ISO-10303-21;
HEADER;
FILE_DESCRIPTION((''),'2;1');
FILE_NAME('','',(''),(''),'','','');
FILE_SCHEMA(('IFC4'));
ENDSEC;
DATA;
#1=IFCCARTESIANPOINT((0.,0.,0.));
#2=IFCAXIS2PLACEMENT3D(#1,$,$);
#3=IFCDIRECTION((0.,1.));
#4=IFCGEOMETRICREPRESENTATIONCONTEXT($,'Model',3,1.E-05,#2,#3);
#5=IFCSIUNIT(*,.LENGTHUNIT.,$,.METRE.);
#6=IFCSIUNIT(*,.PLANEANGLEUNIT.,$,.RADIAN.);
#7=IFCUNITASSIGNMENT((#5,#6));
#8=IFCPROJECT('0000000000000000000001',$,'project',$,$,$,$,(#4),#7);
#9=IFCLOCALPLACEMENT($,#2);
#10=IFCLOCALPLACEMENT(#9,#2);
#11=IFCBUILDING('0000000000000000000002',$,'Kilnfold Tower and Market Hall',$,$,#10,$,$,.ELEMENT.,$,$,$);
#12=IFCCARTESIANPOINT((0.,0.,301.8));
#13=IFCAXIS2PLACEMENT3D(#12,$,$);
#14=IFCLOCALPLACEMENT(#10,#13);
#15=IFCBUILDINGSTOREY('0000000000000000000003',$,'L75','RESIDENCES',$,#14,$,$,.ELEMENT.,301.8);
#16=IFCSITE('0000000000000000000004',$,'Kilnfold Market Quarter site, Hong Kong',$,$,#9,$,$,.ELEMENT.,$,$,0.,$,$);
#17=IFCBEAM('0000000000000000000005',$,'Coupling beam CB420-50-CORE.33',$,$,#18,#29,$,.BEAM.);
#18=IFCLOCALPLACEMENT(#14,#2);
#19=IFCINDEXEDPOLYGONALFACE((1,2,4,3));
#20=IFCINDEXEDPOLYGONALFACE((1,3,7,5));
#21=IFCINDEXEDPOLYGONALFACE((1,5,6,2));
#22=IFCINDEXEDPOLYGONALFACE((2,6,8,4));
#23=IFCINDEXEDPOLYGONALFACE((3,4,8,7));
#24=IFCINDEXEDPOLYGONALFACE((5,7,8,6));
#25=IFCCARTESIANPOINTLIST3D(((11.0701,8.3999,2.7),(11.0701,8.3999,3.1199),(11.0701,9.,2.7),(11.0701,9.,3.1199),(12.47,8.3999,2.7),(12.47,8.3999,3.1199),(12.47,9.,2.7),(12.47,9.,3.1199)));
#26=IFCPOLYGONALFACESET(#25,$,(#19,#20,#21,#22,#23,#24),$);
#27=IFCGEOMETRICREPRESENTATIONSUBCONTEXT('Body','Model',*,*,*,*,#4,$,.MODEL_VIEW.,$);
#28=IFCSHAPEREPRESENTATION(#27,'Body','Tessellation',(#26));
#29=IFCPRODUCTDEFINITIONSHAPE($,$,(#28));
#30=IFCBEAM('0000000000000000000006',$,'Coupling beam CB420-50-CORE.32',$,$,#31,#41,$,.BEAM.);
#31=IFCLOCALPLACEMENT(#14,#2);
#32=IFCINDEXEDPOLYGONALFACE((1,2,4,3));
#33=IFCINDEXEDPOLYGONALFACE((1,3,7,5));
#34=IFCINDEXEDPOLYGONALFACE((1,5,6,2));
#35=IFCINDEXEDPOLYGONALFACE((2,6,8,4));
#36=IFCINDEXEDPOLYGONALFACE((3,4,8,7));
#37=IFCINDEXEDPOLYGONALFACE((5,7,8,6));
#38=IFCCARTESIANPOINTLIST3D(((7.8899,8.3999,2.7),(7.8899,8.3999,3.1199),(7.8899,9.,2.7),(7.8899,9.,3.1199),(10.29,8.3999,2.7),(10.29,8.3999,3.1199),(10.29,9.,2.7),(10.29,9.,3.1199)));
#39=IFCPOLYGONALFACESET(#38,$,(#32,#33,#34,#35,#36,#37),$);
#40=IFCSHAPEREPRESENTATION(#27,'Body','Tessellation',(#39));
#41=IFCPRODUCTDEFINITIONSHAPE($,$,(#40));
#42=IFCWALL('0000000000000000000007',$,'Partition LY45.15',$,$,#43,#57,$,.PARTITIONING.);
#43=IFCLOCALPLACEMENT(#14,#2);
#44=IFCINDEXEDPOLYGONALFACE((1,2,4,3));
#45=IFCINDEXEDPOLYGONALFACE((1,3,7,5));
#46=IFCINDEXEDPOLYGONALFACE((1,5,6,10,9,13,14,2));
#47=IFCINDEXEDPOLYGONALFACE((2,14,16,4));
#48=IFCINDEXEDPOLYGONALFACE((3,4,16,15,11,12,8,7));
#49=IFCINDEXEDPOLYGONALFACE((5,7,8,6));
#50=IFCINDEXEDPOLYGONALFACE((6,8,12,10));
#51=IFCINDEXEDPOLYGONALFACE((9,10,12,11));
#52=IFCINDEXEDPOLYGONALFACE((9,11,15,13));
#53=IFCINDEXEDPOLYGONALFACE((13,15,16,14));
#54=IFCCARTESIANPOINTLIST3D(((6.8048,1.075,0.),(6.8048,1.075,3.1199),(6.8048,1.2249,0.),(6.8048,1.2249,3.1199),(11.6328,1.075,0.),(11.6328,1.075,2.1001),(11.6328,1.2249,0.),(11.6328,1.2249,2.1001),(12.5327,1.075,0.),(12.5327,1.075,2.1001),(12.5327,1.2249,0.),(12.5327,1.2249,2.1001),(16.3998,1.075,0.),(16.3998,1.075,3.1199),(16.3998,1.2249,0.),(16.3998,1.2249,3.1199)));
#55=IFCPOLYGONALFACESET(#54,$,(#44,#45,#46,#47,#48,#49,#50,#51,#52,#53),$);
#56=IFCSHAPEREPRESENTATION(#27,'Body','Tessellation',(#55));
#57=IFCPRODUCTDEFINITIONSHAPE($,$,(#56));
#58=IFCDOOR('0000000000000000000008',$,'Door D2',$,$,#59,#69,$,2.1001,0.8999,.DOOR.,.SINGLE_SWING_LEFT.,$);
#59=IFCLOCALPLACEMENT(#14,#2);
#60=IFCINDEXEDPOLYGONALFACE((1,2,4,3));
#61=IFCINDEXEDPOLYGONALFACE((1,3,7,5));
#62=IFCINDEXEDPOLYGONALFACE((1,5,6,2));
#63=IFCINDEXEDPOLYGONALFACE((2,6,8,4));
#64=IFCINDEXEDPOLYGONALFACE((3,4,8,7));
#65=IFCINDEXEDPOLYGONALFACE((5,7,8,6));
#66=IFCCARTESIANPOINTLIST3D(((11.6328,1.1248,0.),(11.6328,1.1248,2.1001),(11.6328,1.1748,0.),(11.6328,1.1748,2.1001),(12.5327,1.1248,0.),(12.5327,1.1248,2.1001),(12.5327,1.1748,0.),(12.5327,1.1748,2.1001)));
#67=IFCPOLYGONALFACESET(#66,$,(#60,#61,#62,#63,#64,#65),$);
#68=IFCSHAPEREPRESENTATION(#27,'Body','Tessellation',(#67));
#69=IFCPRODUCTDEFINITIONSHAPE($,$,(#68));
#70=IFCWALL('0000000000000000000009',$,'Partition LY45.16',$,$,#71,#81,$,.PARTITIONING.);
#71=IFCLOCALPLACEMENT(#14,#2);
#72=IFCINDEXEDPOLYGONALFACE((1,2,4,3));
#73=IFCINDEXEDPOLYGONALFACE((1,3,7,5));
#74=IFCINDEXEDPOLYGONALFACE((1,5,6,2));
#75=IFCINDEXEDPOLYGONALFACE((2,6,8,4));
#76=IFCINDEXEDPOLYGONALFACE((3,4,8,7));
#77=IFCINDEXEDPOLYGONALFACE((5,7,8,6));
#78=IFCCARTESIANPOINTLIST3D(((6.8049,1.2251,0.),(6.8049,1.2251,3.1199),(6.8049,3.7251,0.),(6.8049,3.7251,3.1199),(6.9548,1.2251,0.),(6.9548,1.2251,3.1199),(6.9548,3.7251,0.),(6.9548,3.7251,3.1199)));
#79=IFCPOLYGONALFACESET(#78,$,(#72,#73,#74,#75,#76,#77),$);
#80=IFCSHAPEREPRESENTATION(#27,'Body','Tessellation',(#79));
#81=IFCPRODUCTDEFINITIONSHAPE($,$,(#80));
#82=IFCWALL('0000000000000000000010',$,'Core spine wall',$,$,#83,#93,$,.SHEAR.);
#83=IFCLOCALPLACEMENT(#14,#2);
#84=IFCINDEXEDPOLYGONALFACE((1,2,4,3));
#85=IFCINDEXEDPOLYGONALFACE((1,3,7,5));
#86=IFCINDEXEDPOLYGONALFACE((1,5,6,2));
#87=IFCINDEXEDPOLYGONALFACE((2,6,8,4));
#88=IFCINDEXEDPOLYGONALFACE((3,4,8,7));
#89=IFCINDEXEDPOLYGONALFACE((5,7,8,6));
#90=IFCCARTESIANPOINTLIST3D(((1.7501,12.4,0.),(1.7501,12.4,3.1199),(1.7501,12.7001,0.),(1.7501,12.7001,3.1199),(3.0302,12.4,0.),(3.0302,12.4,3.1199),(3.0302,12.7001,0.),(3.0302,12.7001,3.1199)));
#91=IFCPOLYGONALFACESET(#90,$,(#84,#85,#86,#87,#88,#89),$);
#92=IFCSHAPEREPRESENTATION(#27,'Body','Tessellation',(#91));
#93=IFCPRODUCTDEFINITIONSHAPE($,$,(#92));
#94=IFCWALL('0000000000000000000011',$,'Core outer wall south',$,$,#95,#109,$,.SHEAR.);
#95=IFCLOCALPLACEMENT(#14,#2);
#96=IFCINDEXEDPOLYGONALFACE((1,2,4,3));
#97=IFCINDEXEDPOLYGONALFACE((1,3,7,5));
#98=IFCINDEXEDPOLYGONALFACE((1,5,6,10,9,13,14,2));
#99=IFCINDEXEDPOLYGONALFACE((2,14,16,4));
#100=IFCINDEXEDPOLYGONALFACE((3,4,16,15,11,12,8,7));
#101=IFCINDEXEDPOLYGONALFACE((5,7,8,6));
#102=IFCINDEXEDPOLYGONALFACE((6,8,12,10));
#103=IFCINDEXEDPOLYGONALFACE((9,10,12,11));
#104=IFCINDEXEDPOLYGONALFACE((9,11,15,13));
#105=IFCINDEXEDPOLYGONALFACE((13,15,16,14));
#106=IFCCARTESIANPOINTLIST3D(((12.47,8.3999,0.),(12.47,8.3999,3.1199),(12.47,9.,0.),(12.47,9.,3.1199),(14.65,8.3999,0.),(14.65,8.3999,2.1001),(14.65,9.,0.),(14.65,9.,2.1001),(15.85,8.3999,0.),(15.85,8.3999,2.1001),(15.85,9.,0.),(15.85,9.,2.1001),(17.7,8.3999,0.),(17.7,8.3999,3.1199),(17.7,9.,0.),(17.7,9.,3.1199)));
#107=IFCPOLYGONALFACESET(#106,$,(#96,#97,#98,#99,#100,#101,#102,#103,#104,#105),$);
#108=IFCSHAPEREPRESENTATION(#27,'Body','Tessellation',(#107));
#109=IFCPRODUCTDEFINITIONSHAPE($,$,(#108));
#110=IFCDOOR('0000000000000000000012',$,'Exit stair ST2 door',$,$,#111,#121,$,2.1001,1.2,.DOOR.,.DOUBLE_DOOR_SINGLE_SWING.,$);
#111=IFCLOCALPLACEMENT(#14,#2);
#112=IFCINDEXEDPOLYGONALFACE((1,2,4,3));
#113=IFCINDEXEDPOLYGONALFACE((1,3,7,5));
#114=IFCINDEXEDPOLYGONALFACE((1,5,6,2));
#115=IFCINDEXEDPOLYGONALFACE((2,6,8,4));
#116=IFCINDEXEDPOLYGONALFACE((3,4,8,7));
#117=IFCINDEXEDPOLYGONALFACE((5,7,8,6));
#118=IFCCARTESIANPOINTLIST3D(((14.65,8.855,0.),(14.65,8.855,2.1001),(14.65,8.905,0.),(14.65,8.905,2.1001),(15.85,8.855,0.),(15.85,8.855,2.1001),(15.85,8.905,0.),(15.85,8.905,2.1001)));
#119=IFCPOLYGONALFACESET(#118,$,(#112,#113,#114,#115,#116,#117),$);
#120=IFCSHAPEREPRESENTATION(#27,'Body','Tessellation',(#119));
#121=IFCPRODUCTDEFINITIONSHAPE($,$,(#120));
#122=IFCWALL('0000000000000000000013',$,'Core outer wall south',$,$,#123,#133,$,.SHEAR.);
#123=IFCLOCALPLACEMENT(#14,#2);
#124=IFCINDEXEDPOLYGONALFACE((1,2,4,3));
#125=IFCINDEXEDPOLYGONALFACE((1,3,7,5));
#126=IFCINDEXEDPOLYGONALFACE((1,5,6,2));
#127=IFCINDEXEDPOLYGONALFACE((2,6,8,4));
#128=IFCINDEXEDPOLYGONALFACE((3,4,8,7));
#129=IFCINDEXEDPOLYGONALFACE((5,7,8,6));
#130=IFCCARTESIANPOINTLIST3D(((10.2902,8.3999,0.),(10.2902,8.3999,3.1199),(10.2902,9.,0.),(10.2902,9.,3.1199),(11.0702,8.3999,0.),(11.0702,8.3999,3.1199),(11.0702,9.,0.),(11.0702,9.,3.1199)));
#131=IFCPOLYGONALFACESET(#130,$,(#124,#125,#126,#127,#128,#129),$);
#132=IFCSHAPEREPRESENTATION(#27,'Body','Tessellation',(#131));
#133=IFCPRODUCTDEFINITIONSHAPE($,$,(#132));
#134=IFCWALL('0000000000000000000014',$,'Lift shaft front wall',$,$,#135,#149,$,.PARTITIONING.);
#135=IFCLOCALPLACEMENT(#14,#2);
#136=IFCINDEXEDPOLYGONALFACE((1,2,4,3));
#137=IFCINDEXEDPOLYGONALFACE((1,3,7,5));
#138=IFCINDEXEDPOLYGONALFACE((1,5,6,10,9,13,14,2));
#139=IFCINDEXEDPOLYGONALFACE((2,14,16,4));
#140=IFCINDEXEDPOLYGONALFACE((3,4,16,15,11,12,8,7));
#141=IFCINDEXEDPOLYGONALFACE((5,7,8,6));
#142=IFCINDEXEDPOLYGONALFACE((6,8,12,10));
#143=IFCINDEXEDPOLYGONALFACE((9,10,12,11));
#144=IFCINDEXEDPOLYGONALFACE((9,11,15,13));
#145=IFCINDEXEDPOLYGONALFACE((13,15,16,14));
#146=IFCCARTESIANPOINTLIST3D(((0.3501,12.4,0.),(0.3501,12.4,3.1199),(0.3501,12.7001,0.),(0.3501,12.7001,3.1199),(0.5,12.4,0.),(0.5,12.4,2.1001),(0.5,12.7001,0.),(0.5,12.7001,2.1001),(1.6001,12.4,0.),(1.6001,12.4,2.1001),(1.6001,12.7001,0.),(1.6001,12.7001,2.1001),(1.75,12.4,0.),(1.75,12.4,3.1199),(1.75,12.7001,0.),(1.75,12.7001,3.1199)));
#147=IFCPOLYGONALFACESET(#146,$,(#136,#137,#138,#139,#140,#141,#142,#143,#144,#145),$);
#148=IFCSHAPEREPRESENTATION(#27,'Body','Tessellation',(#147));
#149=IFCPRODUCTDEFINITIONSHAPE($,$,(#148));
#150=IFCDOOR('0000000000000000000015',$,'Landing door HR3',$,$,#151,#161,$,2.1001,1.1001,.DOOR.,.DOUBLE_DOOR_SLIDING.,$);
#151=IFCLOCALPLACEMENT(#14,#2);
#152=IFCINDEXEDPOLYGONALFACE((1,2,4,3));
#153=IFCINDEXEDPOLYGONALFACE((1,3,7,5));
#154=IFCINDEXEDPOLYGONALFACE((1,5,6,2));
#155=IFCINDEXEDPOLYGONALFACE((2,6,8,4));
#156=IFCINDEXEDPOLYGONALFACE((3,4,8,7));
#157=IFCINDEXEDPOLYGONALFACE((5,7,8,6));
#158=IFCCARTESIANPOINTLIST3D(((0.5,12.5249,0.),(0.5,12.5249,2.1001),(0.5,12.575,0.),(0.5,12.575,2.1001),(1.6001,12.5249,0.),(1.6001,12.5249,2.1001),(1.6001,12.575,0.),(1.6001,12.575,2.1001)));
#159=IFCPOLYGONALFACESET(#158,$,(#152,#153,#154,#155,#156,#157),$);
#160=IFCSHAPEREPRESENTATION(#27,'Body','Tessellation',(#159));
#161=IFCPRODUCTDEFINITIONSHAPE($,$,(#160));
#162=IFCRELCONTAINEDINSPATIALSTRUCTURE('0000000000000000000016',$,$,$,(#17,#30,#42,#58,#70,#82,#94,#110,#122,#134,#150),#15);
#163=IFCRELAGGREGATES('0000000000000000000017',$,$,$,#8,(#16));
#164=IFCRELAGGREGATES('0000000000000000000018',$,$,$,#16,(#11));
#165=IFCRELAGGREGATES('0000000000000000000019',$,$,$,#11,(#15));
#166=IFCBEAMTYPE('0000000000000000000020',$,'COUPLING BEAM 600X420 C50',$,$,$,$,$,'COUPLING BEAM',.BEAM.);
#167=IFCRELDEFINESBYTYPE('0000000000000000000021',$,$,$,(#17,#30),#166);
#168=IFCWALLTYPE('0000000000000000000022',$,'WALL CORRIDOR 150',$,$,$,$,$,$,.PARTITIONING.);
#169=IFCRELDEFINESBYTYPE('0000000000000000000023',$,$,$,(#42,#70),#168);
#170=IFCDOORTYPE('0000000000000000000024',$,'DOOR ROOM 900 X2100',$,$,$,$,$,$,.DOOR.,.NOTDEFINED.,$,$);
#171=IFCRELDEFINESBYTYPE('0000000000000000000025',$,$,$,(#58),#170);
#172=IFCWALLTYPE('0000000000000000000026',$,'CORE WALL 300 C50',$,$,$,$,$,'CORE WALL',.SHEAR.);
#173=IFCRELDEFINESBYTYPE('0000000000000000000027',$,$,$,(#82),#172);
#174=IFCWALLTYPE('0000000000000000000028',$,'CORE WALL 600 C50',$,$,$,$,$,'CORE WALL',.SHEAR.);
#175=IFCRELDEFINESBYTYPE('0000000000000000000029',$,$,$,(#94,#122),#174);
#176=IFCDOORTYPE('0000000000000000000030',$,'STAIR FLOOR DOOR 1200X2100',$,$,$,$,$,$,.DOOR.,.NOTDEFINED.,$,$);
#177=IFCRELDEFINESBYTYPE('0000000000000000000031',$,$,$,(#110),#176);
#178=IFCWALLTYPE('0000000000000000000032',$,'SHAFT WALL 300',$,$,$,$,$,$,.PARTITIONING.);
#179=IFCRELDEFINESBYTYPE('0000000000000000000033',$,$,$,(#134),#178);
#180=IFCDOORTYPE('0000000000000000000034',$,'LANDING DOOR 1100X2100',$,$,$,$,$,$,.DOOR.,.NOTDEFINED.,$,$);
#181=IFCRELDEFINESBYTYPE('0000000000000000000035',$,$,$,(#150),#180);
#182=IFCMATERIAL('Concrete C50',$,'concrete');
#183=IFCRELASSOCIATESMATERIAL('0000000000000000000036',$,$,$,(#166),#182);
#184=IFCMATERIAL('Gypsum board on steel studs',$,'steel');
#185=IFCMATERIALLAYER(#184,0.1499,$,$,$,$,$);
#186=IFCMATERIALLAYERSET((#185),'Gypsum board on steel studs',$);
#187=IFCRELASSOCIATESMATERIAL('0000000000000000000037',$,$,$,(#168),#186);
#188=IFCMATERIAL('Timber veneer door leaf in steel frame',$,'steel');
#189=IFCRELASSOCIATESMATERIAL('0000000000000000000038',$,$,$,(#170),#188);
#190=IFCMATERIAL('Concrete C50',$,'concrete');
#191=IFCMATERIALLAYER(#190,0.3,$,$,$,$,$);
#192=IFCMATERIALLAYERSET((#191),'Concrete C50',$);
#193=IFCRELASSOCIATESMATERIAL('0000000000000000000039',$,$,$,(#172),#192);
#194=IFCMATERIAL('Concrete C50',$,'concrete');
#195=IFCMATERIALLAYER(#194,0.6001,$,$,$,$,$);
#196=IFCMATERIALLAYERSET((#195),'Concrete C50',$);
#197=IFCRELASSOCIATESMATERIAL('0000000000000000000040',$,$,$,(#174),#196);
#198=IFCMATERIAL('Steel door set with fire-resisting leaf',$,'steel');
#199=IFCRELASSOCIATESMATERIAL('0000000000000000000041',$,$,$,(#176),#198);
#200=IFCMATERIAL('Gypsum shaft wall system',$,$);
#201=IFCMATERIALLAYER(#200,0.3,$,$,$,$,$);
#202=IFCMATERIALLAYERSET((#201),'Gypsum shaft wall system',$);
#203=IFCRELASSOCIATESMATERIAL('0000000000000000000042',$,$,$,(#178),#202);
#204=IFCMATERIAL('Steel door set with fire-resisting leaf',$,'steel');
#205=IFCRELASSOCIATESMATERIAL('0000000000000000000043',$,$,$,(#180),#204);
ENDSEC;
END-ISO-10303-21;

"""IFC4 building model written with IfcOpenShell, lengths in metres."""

from ifc_helpers import new_model, si_unit, direction, frame, frame_2d, origin, origin_2d, place, context, subcontext, project, spatial, rectangle, extrude, source, transform, mapped, material, layer, layer_set, material_profile, profile_set, type_object, element, fill, save


model = new_model("IFC4")

# Units and contexts
model_context = context("Model", 3, precision=1e-05, world=origin(), true_north=direction((0.0, 1.0)))
body_context = subcontext(model_context, "Body", "Model", "MODEL_VIEW")
ifc_project = project(units=[si_unit("LENGTHUNIT", "METRE"), si_unit("PLANEANGLEUNIT", "RADIAN")], contexts=[model_context])

# Site, building, storey
site_placement = place(None, origin())
site = spatial("IfcSite", under=ifc_project, at=site_placement, Name="Kilnfold Market Quarter site, Hong Kong", CompositionType="ELEMENT", RefElevation=0.0)
building_placement = place(site_placement, origin())
building = spatial("IfcBuilding", under=site, at=building_placement, Name="Kilnfold Tower and Market Hall", CompositionType="ELEMENT")
storey_placement = place(building_placement, frame((0.0, 0.0, 301.8)))
storey = spatial("IfcBuildingStorey", under=building, at=storey_placement, Name="L75", Description="RESIDENCES", CompositionType="ELEMENT", Elevation=301.8)

# Beams
ifc_material_1 = material(Name="Concrete C50", Category="concrete")
ifc_material_profile = material_profile(ifc_material_1, rectangle(XDim=0.6001, YDim=0.4199, at=origin_2d()), Name="RC 600x420")
ifc_profile_set = profile_set([ifc_material_profile], Name="Concrete C50")
beam_type = type_object("IfcBeamType", Name="COUPLING BEAM 600X420 C50", ElementType="COUPLING BEAM", PredefinedType="BEAM", material=ifc_profile_set)
shared_shape_1 = source(origin(), body_context, "Body", "SweptSolid", [
    extrude(rectangle(XDim=0.6001, YDim=0.4199, at=origin_2d()), origin(), (0.0, 0.0, 1.0), 1.3999),
])
beam_1_placement = place(storey_placement, frame((11.0701, 8.7, 2.9099), z_axis=(1.0, 0.0, 0.0), x_axis=(0.0, 1.0, 0.0)))
element("IfcBeam", 1, at=beam_1_placement, inside=storey, type_object=beam_type, Name="Coupling beam CB420-50-CORE.33", PredefinedType="BEAM", context=body_context, shape_type="MappedRepresentation", body=[
    mapped(shared_shape_1, transform((0.0, 0.0, 0.0))),
])
shared_shape_2 = source(origin(), body_context, "Body", "SweptSolid", [
    extrude(rectangle(XDim=0.6001, YDim=0.4199, at=origin_2d()), origin(), (0.0, 0.0, 1.0), 2.4001),
])
beam_2_placement = place(storey_placement, frame((7.8899, 8.7, 2.9099), z_axis=(1.0, 0.0, 0.0), x_axis=(0.0, 1.0, 0.0)))
element("IfcBeam", 2, at=beam_2_placement, inside=storey, type_object=beam_type, Name="Coupling beam CB420-50-CORE.32", PredefinedType="BEAM", context=body_context, shape_type="MappedRepresentation", body=[
    mapped(shared_shape_2, transform((0.0, 0.0, 0.0))),
])

# Wall, opening, door
ifc_material_2 = material(Name="Gypsum board on steel studs", Category="steel")
ifc_layer_1 = layer(ifc_material_2, 0.1499)
ifc_layer_set_1 = layer_set([ifc_layer_1], Name="Gypsum board on steel studs")
wall_type_1 = type_object("IfcWallType", Name="WALL CORRIDOR 150", PredefinedType="PARTITIONING", material=ifc_layer_set_1)
wall_1_placement = place(storey_placement, frame((6.8049, 1.1499, 0.0), z_axis=(0.0, 0.0, 1.0), x_axis=(1.0, 0.0, 0.0)))
wall_1 = element("IfcWall", 3, at=wall_1_placement, inside=storey, type_object=wall_type_1, Name="Partition LY45.15", PredefinedType="PARTITIONING", context=body_context, shape_type="SweptSolid", body=[
    extrude(rectangle(XDim=9.595, YDim=0.1499, at=frame_2d((4.7974, 0.0))), origin(), (0.0, 0.0, 1.0), 3.1199),
])
opening_1_placement = place(wall_1_placement, frame((4.8279, 0.0, 0.0)))
opening_1 = element("IfcOpeningElement", 4, at=opening_1_placement, cuts=wall_1, PredefinedType="OPENING", context=body_context, shape_type="SweptSolid", body=[
    extrude(rectangle(XDim=0.8999, YDim=2.1001, at=frame_2d((0.45, 1.05))), frame((0.0, 0.085, 0.0), z_axis=(0.0, -1.0, 0.0), x_axis=(1.0, 0.0, 0.0)), (0.0, 0.0, 1.0), 0.1699),
])
ifc_material_3 = material(Name="Timber veneer door leaf in steel frame", Category="steel")
door_type_1 = type_object("IfcDoorType", Name="DOOR ROOM 900 X2100", OperationType="NOTDEFINED", PredefinedType="DOOR", material=ifc_material_3)
door_1_placement = place(opening_1_placement, origin())
door_1 = element("IfcDoor", 5, at=door_1_placement, inside=storey, type_object=door_type_1, Name="Door D2", OperationType="SINGLE_SWING_LEFT", OverallHeight=2.1001, OverallWidth=0.8999, PredefinedType="DOOR", context=body_context, shape_type="SweptSolid", body=[
    extrude(rectangle(XDim=0.8999, YDim=2.1001, at=frame_2d((0.45, 1.05))), frame((0.0, 0.0249, 0.0), z_axis=(0.0, -1.0, 0.0), x_axis=(1.0, 0.0, 0.0)), (0.0, 0.0, 1.0), 0.05),
])
fill(opening_1, door_1)

# Walls
wall_2_placement = place(storey_placement, frame((6.8799, 3.7251, 0.0), z_axis=(0.0, 0.0, 1.0), x_axis=(0.0, -1.0, 0.0)))
element("IfcWall", 6, at=wall_2_placement, inside=storey, type_object=wall_type_1, Name="Partition LY45.16", PredefinedType="PARTITIONING", context=body_context, shape_type="SweptSolid", body=[
    extrude(rectangle(XDim=2.5, YDim=0.1499, at=frame_2d((1.25, 0.0))), origin(), (0.0, 0.0, 1.0), 3.1199),
])
ifc_material_4 = material(Name="Concrete C50", Category="concrete")
ifc_layer_2 = layer(ifc_material_4, 0.3)
ifc_layer_set_2 = layer_set([ifc_layer_2], Name="Concrete C50")
wall_type_2 = type_object("IfcWallType", Name="CORE WALL 300 C50", ElementType="CORE WALL", PredefinedType="SHEAR", material=ifc_layer_set_2)
shared_shape_3 = source(origin(), body_context, "Body", "SweptSolid", [
    extrude(rectangle(XDim=1.28, YDim=0.3, at=frame_2d((0.6401, 0.0))), origin(), (0.0, 0.0, 1.0), 3.1199),
])
wall_3_placement = place(storey_placement, frame((1.75, 12.55, 0.0), z_axis=(0.0, 0.0, 1.0), x_axis=(1.0, 0.0, 0.0)))
element("IfcWall", 7, at=wall_3_placement, inside=storey, type_object=wall_type_2, Name="Core spine wall", PredefinedType="SHEAR", context=body_context, shape_type="MappedRepresentation", body=[
    mapped(shared_shape_3, transform((0.0, 0.0, 0.0))),
])

# Wall, opening, door
ifc_material_5 = material(Name="Concrete C50", Category="concrete")
ifc_layer_3 = layer(ifc_material_5, 0.6001)
ifc_layer_set_3 = layer_set([ifc_layer_3], Name="Concrete C50")
wall_type_3 = type_object("IfcWallType", Name="CORE WALL 600 C50", ElementType="CORE WALL", PredefinedType="SHEAR", material=ifc_layer_set_3)
shared_shape_4 = source(origin(), body_context, "Body", "SweptSolid", [
    extrude(rectangle(XDim=5.23, YDim=0.6001, at=frame_2d((2.615, 0.0))), origin(), (0.0, 0.0, 1.0), 3.1199),
])
wall_4_placement = place(storey_placement, frame((12.47, 8.7, 0.0), z_axis=(0.0, 0.0, 1.0), x_axis=(1.0, 0.0, 0.0)))
wall_4 = element("IfcWall", 8, at=wall_4_placement, inside=storey, type_object=wall_type_3, Name="Core outer wall south", PredefinedType="SHEAR", context=body_context, shape_type="MappedRepresentation", body=[
    mapped(shared_shape_4, transform((0.0, 0.0, 0.0))),
])
opening_2_placement = place(wall_4_placement, frame((2.1799, 0.0, 0.0)))
opening_2 = element("IfcOpeningElement", 9, at=opening_2_placement, cuts=wall_4, PredefinedType="OPENING", context=body_context, shape_type="SweptSolid", body=[
    extrude(rectangle(XDim=1.2, YDim=2.1001, at=frame_2d((0.6001, 1.05))), frame((0.0, 0.3101, 0.0), z_axis=(0.0, -1.0, 0.0), x_axis=(1.0, 0.0, 0.0)), (0.0, 0.0, 1.0), 0.6201),
])
ifc_material_6 = material(Name="Steel door set with fire-resisting leaf", Category="steel")
door_type_2 = type_object("IfcDoorType", Name="STAIR FLOOR DOOR 1200X2100", OperationType="NOTDEFINED", PredefinedType="DOOR", material=ifc_material_6)
door_2_placement = place(opening_2_placement, origin())
door_2 = element("IfcDoor", 10, at=door_2_placement, inside=storey, type_object=door_type_2, Name="Exit stair ST2 door", OperationType="DOUBLE_DOOR_SINGLE_SWING", OverallHeight=2.1001, OverallWidth=1.2, PredefinedType="DOOR", context=body_context, shape_type="SweptSolid", body=[
    extrude(rectangle(XDim=1.2, YDim=2.1001, at=frame_2d((0.6001, 1.05))), frame((0.0, 0.2051, 0.0), z_axis=(0.0, -1.0, 0.0), x_axis=(1.0, 0.0, 0.0)), (0.0, 0.0, 1.0), 0.05),
])
fill(opening_2, door_2)

# Wall
shared_shape_5 = source(origin(), body_context, "Body", "SweptSolid", [
    extrude(rectangle(XDim=0.78, YDim=0.6001, at=frame_2d((0.3901, 0.0))), origin(), (0.0, 0.0, 1.0), 3.1199),
])
wall_5_placement = place(storey_placement, frame((10.29, 8.7, 0.0), z_axis=(0.0, 0.0, 1.0), x_axis=(1.0, 0.0, 0.0)))
element("IfcWall", 11, at=wall_5_placement, inside=storey, type_object=wall_type_3, Name="Core outer wall south", PredefinedType="SHEAR", context=body_context, shape_type="MappedRepresentation", body=[
    mapped(shared_shape_5, transform((0.0, 0.0, 0.0))),
])

# Wall, opening, door
ifc_material_7 = material(Name="Gypsum shaft wall system")
ifc_layer_4 = layer(ifc_material_7, 0.3)
ifc_layer_set_4 = layer_set([ifc_layer_4], Name="Gypsum shaft wall system")
wall_type_4 = type_object("IfcWallType", Name="SHAFT WALL 300", PredefinedType="PARTITIONING", material=ifc_layer_set_4)
shared_shape_6 = source(origin(), body_context, "Body", "SweptSolid", [
    extrude(rectangle(XDim=1.3999, YDim=0.3, at=frame_2d((0.7, 0.0))), origin(), (0.0, 0.0, 1.0), 3.1199),
])
wall_6_placement = place(storey_placement, frame((0.3501, 12.55, 0.0), z_axis=(0.0, 0.0, 1.0), x_axis=(1.0, 0.0, 0.0)))
wall_6 = element("IfcWall", 12, at=wall_6_placement, inside=storey, type_object=wall_type_4, Name="Lift shaft front wall", PredefinedType="PARTITIONING", context=body_context, shape_type="MappedRepresentation", body=[
    mapped(shared_shape_6, transform((0.0, 0.0, 0.0))),
])
opening_3_placement = place(wall_6_placement, frame((0.1499, 0.0, 0.0)))
opening_3 = element("IfcOpeningElement", 13, at=opening_3_placement, cuts=wall_6, PredefinedType="OPENING", context=body_context, shape_type="SweptSolid", body=[
    extrude(rectangle(XDim=1.1001, YDim=2.1001, at=frame_2d((0.55, 1.05))), frame((0.0, 0.1602, 0.0), z_axis=(0.0, -1.0, 0.0), x_axis=(1.0, 0.0, 0.0)), (0.0, 0.0, 1.0), 0.3201),
])
ifc_material_8 = material(Name="Steel door set with fire-resisting leaf", Category="steel")
door_type_3 = type_object("IfcDoorType", Name="LANDING DOOR 1100X2100", OperationType="NOTDEFINED", PredefinedType="DOOR", material=ifc_material_8)
door_3_placement = place(opening_3_placement, origin())
door_3 = element("IfcDoor", 14, at=door_3_placement, inside=storey, type_object=door_type_3, Name="Landing door HR3", OperationType="DOUBLE_DOOR_SLIDING", OverallHeight=2.1001, OverallWidth=1.1001, PredefinedType="DOOR", context=body_context, shape_type="SweptSolid", body=[
    extrude(rectangle(XDim=1.1001, YDim=2.1001, at=frame_2d((0.55, 1.05))), frame((0.0, 0.0249, 0.0), z_axis=(0.0, -1.0, 0.0), x_axis=(1.0, 0.0, 0.0)), (0.0, 0.0, 1.0), 0.05),
])
fill(opening_3, door_3)

save(model, "model.ifc")
